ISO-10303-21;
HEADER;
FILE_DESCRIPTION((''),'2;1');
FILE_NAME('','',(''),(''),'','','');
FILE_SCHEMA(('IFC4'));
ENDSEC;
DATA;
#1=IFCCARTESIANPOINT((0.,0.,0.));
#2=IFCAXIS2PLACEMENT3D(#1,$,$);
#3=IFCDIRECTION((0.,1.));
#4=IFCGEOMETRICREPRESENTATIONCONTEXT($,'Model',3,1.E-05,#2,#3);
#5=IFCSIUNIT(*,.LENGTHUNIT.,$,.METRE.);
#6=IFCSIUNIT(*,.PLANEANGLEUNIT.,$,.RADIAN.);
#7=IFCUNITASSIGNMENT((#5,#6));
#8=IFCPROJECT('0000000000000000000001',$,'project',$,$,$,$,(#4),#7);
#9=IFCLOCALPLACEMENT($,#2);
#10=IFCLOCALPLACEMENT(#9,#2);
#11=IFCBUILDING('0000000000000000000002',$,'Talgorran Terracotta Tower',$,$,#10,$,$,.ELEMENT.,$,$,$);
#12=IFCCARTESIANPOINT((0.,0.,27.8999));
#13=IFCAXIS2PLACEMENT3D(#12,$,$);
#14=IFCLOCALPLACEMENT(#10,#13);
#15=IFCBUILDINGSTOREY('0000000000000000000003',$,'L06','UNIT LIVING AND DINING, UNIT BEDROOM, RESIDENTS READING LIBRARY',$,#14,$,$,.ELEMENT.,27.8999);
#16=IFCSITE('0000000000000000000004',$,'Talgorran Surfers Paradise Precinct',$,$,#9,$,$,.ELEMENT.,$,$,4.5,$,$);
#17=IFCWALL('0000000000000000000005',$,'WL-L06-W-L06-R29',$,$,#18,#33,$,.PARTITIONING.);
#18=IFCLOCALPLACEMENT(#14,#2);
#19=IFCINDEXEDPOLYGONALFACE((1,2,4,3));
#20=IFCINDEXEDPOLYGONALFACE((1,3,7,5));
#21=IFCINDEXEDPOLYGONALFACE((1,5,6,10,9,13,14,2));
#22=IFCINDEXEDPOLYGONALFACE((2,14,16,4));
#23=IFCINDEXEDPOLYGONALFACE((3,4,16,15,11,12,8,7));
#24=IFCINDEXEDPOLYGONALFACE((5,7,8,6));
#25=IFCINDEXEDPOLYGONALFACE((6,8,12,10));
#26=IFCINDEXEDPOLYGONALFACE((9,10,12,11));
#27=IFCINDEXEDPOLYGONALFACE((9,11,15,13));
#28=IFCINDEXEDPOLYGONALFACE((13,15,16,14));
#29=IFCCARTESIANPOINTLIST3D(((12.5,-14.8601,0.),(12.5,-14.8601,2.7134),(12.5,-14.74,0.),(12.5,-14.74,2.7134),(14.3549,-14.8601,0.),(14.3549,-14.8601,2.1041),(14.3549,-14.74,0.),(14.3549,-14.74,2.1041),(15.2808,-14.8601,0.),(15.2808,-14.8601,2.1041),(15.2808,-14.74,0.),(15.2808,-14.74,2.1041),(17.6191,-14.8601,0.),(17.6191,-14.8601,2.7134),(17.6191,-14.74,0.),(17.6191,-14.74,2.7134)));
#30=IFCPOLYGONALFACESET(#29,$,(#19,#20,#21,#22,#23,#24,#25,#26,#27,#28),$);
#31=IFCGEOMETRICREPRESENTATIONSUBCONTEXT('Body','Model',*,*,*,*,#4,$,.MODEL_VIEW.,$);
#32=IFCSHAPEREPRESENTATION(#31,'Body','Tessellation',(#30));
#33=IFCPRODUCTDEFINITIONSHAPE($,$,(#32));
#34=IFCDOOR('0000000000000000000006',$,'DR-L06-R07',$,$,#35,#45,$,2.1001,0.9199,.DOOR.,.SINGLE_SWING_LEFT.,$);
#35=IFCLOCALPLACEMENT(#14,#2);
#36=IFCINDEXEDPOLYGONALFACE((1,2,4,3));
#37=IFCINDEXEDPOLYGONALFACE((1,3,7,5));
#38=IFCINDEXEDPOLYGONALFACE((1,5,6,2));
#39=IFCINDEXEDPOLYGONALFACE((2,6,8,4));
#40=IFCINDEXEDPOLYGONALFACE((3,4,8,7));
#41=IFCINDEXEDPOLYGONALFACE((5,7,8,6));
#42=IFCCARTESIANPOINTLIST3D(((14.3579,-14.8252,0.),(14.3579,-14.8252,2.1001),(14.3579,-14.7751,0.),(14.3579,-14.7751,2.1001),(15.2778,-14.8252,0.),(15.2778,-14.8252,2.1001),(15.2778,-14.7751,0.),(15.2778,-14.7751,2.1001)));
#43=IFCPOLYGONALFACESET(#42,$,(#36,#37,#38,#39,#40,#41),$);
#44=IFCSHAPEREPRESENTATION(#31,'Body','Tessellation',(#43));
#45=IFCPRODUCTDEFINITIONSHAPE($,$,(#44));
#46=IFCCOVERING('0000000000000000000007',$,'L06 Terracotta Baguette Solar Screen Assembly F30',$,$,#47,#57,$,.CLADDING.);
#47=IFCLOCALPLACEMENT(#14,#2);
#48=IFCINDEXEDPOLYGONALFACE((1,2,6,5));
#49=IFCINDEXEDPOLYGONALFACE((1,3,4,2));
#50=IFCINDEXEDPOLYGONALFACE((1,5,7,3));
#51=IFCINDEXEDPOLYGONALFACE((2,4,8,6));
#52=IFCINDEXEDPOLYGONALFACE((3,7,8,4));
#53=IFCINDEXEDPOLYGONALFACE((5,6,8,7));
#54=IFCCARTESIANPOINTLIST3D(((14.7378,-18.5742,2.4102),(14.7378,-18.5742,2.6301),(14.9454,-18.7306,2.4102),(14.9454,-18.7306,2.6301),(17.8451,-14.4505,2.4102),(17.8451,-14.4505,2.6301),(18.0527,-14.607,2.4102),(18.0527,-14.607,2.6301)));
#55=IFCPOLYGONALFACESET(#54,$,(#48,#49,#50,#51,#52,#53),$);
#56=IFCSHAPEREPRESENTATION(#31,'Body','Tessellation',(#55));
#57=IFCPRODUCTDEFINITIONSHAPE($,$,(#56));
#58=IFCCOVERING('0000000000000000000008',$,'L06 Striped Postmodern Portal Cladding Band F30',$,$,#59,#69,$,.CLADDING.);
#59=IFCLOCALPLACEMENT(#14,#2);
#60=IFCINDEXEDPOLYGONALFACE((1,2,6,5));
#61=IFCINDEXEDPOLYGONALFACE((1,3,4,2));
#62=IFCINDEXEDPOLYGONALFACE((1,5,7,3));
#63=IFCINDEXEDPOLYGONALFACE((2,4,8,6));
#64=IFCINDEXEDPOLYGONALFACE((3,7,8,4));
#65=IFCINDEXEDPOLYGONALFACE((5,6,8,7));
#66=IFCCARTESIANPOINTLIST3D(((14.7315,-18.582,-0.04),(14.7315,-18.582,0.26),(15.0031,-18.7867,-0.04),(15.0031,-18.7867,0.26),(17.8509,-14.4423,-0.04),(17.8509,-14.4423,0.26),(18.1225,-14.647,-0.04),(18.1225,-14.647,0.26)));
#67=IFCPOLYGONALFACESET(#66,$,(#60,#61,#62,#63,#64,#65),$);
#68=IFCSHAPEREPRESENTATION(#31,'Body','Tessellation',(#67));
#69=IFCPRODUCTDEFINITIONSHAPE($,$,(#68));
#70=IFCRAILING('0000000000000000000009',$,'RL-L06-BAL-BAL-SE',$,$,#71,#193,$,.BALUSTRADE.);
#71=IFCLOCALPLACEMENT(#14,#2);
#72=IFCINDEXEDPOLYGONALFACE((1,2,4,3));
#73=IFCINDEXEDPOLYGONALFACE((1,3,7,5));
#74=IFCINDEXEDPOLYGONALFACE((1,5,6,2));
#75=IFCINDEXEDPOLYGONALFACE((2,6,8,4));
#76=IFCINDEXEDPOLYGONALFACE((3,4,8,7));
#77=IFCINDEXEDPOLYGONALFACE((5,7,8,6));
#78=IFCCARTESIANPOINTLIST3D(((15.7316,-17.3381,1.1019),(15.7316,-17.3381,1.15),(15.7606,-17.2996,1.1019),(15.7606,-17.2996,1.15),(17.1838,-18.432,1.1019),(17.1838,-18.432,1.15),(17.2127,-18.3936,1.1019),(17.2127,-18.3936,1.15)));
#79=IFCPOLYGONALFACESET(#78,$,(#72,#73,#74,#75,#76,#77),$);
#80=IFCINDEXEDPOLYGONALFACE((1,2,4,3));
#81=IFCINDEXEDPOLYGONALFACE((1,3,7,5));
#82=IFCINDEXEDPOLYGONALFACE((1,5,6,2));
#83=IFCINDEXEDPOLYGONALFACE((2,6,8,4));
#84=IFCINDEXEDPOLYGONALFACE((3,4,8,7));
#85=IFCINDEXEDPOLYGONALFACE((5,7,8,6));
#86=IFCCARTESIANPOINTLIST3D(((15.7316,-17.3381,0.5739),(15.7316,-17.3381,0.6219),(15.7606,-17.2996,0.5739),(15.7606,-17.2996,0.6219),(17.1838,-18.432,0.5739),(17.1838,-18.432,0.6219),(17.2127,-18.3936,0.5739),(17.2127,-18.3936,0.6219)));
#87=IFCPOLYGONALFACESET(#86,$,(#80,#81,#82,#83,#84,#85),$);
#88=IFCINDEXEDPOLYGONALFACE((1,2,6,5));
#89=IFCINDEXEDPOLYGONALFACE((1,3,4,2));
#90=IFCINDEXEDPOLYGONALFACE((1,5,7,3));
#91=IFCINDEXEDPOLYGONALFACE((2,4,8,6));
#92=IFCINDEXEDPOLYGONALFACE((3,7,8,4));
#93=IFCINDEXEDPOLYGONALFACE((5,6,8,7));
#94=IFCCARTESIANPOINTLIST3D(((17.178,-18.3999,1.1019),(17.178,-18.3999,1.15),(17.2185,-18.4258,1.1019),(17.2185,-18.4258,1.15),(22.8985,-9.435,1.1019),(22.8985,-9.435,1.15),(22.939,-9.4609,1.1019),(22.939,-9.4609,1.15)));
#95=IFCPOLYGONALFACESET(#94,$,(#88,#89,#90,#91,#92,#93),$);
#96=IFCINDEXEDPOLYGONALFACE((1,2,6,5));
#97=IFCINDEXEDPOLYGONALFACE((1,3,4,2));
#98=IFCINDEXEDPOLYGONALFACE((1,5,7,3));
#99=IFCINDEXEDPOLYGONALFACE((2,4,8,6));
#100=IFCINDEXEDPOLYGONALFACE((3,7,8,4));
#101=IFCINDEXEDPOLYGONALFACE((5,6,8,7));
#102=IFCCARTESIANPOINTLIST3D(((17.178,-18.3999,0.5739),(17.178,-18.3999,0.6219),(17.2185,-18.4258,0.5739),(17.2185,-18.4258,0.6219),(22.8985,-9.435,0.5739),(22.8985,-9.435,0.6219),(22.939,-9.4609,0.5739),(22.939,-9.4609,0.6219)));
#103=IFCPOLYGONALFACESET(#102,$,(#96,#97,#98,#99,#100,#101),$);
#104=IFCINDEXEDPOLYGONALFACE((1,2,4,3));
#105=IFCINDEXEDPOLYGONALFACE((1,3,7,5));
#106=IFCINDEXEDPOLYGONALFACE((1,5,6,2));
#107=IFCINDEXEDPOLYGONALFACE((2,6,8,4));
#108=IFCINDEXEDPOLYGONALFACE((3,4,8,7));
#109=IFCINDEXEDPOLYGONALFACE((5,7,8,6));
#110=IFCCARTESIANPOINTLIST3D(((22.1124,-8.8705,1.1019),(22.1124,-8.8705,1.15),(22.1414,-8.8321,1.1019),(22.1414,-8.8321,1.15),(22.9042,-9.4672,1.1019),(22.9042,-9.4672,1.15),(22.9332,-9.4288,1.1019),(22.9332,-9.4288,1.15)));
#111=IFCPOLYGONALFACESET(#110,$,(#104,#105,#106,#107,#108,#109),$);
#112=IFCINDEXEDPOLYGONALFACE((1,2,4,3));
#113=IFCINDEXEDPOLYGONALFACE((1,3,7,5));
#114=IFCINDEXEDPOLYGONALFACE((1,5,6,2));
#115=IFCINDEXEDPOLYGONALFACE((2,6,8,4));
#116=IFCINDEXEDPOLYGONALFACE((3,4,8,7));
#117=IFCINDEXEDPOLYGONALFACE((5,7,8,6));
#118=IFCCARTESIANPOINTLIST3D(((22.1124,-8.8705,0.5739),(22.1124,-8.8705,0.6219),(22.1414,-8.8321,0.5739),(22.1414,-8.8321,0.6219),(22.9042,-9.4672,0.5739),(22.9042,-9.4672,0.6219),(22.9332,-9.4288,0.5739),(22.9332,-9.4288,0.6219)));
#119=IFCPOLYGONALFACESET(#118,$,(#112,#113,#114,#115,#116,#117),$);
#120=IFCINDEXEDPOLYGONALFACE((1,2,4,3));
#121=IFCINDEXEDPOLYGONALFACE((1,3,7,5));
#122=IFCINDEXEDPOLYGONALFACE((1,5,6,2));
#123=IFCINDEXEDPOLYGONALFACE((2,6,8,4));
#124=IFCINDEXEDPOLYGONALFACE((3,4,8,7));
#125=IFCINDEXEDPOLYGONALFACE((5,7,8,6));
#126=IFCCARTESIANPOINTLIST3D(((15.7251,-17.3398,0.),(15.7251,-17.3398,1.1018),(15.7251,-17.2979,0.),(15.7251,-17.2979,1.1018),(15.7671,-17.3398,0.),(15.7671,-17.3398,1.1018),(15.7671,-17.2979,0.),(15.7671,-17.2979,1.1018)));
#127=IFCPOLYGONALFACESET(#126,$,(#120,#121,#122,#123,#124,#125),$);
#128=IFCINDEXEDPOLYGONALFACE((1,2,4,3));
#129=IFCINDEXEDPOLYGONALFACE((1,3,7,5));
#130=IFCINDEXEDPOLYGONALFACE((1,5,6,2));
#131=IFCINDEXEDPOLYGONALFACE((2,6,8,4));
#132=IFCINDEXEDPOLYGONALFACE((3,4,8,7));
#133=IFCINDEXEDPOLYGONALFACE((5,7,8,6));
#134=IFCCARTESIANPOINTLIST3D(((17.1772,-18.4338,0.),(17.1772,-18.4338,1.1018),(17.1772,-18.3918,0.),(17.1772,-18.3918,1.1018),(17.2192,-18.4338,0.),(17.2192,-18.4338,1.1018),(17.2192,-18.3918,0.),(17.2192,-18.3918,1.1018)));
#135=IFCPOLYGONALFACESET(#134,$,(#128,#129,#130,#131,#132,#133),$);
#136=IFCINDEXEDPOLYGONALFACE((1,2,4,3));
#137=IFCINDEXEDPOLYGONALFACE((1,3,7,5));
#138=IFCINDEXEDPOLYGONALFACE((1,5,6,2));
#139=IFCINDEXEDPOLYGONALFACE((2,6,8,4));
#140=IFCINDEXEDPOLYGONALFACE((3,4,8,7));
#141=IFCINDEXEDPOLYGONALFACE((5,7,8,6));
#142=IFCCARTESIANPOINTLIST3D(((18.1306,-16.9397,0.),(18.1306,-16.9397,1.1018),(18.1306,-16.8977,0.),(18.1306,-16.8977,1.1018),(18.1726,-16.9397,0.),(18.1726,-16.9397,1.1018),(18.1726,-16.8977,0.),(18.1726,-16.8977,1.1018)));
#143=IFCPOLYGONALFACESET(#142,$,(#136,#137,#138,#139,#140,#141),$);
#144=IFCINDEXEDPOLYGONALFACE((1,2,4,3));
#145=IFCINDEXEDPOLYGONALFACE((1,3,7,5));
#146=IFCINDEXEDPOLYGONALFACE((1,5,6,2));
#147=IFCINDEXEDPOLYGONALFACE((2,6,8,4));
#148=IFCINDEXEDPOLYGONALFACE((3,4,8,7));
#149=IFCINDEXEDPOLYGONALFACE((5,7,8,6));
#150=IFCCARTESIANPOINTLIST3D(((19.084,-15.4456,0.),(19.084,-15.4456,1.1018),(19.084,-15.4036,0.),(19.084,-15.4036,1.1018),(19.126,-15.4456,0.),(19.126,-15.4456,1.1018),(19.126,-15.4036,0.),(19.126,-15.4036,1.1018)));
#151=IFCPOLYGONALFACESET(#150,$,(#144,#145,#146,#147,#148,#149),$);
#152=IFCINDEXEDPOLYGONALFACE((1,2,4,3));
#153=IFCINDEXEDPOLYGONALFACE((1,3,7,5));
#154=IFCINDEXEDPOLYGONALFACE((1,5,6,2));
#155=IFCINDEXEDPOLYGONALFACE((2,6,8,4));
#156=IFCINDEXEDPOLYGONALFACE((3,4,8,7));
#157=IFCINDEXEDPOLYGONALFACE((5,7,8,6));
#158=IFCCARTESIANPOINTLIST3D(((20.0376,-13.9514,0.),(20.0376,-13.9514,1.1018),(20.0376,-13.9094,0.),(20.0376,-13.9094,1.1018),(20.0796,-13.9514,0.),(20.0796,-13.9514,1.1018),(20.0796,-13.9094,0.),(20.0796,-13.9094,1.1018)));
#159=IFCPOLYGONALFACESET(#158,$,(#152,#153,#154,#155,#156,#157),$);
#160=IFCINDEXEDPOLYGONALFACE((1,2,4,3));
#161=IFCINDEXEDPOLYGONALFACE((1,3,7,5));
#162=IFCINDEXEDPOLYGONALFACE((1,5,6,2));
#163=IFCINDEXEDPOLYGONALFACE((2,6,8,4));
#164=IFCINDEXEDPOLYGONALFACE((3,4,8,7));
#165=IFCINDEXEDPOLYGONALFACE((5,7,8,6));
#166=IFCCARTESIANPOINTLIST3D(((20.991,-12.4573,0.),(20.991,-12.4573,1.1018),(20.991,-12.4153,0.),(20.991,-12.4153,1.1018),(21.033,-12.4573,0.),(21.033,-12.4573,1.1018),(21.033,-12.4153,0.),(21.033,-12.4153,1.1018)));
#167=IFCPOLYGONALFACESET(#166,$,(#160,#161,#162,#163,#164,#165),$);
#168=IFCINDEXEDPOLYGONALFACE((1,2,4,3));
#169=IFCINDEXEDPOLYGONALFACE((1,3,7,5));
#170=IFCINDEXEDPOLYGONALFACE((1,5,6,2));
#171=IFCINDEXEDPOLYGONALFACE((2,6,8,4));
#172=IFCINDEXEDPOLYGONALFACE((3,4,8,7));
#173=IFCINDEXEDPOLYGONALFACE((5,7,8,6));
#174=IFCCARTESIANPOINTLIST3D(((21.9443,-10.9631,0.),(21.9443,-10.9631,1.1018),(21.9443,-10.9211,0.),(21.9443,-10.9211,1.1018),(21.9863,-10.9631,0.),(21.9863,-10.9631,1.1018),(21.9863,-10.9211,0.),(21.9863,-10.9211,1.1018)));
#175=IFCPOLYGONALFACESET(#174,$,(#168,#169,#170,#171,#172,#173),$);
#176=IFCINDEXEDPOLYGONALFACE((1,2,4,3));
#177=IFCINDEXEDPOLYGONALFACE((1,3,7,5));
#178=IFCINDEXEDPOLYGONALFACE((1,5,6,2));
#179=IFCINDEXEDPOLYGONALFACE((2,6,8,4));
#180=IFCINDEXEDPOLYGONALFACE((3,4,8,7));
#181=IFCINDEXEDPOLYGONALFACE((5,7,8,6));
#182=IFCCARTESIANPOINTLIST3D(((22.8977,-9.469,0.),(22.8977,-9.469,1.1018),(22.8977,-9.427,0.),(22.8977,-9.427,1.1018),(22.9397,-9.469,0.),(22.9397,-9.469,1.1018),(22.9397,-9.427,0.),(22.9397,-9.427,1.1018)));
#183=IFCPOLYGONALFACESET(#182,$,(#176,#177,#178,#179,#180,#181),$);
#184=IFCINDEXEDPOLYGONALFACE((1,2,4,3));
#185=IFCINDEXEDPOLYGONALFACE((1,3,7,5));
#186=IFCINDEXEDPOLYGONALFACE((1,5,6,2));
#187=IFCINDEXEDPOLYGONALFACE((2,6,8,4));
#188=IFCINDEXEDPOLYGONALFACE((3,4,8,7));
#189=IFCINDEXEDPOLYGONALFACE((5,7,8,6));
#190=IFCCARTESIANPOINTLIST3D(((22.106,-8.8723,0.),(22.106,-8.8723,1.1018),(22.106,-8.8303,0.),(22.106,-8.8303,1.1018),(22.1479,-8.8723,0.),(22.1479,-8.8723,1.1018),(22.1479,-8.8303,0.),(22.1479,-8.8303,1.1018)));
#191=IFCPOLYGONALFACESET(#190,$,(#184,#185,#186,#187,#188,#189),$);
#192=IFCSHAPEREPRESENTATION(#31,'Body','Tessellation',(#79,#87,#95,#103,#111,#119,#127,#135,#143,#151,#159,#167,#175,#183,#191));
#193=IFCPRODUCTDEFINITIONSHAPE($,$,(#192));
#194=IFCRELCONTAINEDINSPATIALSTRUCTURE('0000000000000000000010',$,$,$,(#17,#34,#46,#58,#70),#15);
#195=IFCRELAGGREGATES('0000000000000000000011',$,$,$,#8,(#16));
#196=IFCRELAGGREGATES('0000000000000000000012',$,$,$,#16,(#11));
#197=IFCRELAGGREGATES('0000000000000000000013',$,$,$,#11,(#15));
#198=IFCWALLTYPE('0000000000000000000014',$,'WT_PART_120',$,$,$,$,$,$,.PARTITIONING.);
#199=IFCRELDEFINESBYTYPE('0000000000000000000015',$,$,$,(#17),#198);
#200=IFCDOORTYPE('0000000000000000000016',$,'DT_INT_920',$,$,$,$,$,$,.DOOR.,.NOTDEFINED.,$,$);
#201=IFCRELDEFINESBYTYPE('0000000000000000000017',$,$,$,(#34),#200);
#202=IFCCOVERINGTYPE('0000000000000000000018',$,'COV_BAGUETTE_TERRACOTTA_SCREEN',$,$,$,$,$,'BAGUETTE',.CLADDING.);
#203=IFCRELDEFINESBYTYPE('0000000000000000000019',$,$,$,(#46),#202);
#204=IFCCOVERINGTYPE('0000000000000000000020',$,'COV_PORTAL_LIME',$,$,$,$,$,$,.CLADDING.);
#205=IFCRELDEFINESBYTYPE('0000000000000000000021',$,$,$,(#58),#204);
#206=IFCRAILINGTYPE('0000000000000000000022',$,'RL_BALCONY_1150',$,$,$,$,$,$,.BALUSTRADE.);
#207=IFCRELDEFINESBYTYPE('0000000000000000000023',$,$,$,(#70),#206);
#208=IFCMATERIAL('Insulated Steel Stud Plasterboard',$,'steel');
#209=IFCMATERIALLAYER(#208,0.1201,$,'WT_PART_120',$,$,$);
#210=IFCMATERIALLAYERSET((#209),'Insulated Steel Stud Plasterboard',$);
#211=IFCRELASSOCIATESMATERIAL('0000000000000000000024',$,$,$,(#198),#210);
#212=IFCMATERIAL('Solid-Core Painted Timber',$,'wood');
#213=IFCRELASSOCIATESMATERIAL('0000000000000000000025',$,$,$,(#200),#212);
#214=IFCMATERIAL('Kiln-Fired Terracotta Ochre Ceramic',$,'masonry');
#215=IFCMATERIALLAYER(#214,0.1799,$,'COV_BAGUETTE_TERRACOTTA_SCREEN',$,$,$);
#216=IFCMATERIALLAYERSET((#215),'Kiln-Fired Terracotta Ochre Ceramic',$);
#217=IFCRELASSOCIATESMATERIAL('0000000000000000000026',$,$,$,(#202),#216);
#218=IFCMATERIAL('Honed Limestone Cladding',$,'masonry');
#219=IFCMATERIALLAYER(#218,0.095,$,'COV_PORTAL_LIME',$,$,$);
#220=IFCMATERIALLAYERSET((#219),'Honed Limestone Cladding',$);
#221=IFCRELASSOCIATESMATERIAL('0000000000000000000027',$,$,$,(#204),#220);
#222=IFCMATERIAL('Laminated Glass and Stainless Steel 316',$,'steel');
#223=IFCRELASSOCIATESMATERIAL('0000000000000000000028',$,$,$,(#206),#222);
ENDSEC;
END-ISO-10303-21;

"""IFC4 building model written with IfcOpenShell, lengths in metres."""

from ifc_helpers import new_model, si_unit, direction, frame, frame_2d, origin, origin_2d, place, context, subcontext, project, spatial, rectangle, extrude, material, layer, layer_set, type_object, element, fill, save


model = new_model("IFC4")

# Units and contexts
model_context = context("Model", 3, precision=1e-05, world=origin(), true_north=direction((0.0, 1.0)))
body_context = subcontext(model_context, "Body", "Model", "MODEL_VIEW")
ifc_project = project(units=[si_unit("LENGTHUNIT", "METRE"), si_unit("PLANEANGLEUNIT", "RADIAN")], contexts=[model_context])

# Site, building, storey
site_placement = place(None, origin())
site = spatial("IfcSite", under=ifc_project, at=site_placement, Name="Talgorran Surfers Paradise Precinct", CompositionType="ELEMENT", RefElevation=4.5)
building_placement = place(site_placement, origin())
building = spatial("IfcBuilding", under=site, at=building_placement, Name="Talgorran Terracotta Tower", CompositionType="ELEMENT")
storey_placement = place(building_placement, frame((0.0, 0.0, 27.8999)))
storey = spatial("IfcBuildingStorey", under=building, at=storey_placement, Name="L06", Description="UNIT LIVING AND DINING, UNIT BEDROOM, RESIDENTS READING LIBRARY", CompositionType="ELEMENT", Elevation=27.8999)

# Wall, opening, door
ifc_material_1 = material(Name="Insulated Steel Stud Plasterboard", Category="steel")
ifc_layer_1 = layer(ifc_material_1, 0.1201, Name="WT_PART_120")
ifc_layer_set_1 = layer_set([ifc_layer_1], Name="Insulated Steel Stud Plasterboard")
wall_type_1 = type_object("IfcWallType", Name="WT_PART_120", PredefinedType="PARTITIONING", material=ifc_layer_set_1)
wall_1_placement = place(storey_placement, frame((12.5, -14.8, 0.0), z_axis=(0.0, 0.0, 1.0), x_axis=(1.0, 0.0, 0.0)))
wall_1 = element("IfcWall", 1, at=wall_1_placement, inside=storey, type_object=wall_type_1, Name="WL-L06-W-L06-R29", PredefinedType="PARTITIONING", context=body_context, shape_type="SweptSolid", body=[
    extrude(rectangle(XDim=5.1191, YDim=0.1201, at=frame_2d((2.5596, 0.0))), origin(), (0.0, 0.0, 1.0), 2.7134),
])
opening_1_placement = place(wall_1_placement, frame((1.8579, 0.0, 0.0)))
opening_1 = element("IfcOpeningElement", 2, at=opening_1_placement, cuts=wall_1, PredefinedType="OPENING", context=body_context, shape_type="SweptSolid", body=[
    extrude(rectangle(XDim=0.9259, YDim=2.1041, at=frame_2d((0.46, 1.052))), frame((0.0, 0.0701, 0.0), z_axis=(0.0, -1.0, 0.0), x_axis=(1.0, 0.0, 0.0)), (0.0, 0.0, 1.0), 0.1401),
])
ifc_material_2 = material(Name="Solid-Core Painted Timber", Category="wood")
door_type_1 = type_object("IfcDoorType", Name="DT_INT_920", OperationType="NOTDEFINED", PredefinedType="DOOR", material=ifc_material_2)
door_1_placement = place(opening_1_placement, origin())
door_1 = element("IfcDoor", 3, at=door_1_placement, inside=storey, type_object=door_type_1, Name="DR-L06-R07", OperationType="SINGLE_SWING_LEFT", OverallHeight=2.1001, OverallWidth=0.9199, PredefinedType="DOOR", context=body_context, shape_type="SweptSolid", body=[
    extrude(rectangle(XDim=0.9199, YDim=2.1001, at=frame_2d((0.46, 1.05))), frame((0.0, 0.0249, 0.0), z_axis=(0.0, -1.0, 0.0), x_axis=(1.0, 0.0, 0.0)), (0.0, 0.0, 1.0), 0.05),
])
fill(opening_1, door_1)

# Coverings
ifc_material_3 = material(Name="Kiln-Fired Terracotta Ochre Ceramic", Category="masonry")
ifc_layer_2 = layer(ifc_material_3, 0.1799, Name="COV_BAGUETTE_TERRACOTTA_SCREEN")
ifc_layer_set_2 = layer_set([ifc_layer_2], Name="Kiln-Fired Terracotta Ochre Ceramic")
covering_type_1 = type_object("IfcCoveringType", Name="COV_BAGUETTE_TERRACOTTA_SCREEN", ElementType="BAGUETTE", PredefinedType="CLADDING", material=ifc_layer_set_2)
covering_1_placement = place(storey_placement, frame((16.3953, -16.5906, 2.4102), z_axis=(0.0, 0.0, 1.0), x_axis=(0.601801, 0.798646, 0.0)))
element("IfcCovering", 4, at=covering_1_placement, inside=storey, type_object=covering_type_1, Name="L06 Terracotta Baguette Solar Screen Assembly F30", PredefinedType="CLADDING", context=body_context, shape_type="SweptSolid", body=[
    extrude(rectangle(XDim=5.1633, YDim=0.26, at=origin_2d()), origin(), (0.0, 0.0, 1.0), 0.22),
])
ifc_material_4 = material(Name="Honed Limestone Cladding", Category="masonry")
ifc_layer_3 = layer(ifc_material_4, 0.095, Name="COV_PORTAL_LIME")
ifc_layer_set_3 = layer_set([ifc_layer_3], Name="Honed Limestone Cladding")
covering_type_2 = type_object("IfcCoveringType", Name="COV_PORTAL_LIME", PredefinedType="CLADDING", material=ifc_layer_set_3)
covering_2_placement = place(storey_placement, frame((16.427, -16.6145, -0.04), z_axis=(0.0, 0.0, 1.0), x_axis=(0.601801, 0.798646, 0.0)))
element("IfcCovering", 5, at=covering_2_placement, inside=storey, type_object=covering_type_2, Name="L06 Striped Postmodern Portal Cladding Band F30", PredefinedType="CLADDING", context=body_context, shape_type="SweptSolid", body=[
    extrude(rectangle(XDim=5.1833, YDim=0.3401, at=origin_2d()), origin(), (0.0, 0.0, 1.0), 0.3),
])

# Railing
ifc_material_5 = material(Name="Laminated Glass and Stainless Steel 316", Category="steel")
railing_type = type_object("IfcRailingType", Name="RL_BALCONY_1150", PredefinedType="BALUSTRADE", material=ifc_material_5)
railing_placement = place(storey_placement, frame((15.7461, -17.3188, 0.0)))
element("IfcRailing", 6, at=railing_placement, inside=storey, type_object=railing_type, Name="RL-L06-BAL-BAL-SE", PredefinedType="BALUSTRADE", context=body_context, shape_type="SweptSolid", body=[
    extrude(rectangle(XDim=0.0481, YDim=0.0481, at=origin_2d()), frame((0.0, 0.0, 1.126), z_axis=(0.798709, -0.601717, 0.0), x_axis=(0.601717, 0.798709, 0.0)), (0.0, 0.0, 1.0), 1.8181),
    extrude(rectangle(XDim=0.0481, YDim=0.0481, at=origin_2d()), frame((0.0, 0.0, 0.5979), z_axis=(0.798709, -0.601717, 0.0), x_axis=(0.601717, 0.798709, 0.0)), (0.0, 0.0, 1.0), 1.8181),
    extrude(rectangle(XDim=0.0481, YDim=0.0481, at=origin_2d()), frame((1.4521, -1.094, 1.126), z_axis=(0.537916, 0.842998, 0.0), x_axis=(-0.842998, 0.537916, 0.0)), (0.0, 0.0, 1.0), 10.6345),
    extrude(rectangle(XDim=0.0481, YDim=0.0481, at=origin_2d()), frame((1.4521, -1.094, 0.5979), z_axis=(0.537916, 0.842998, 0.0), x_axis=(-0.842998, 0.537916, 0.0)), (0.0, 0.0, 1.0), 10.6345),
    extrude(rectangle(XDim=0.0481, YDim=0.0481, at=origin_2d()), frame((7.1726, 7.8708, 1.126), z_axis=(-0.798609, 0.60185, 0.0), x_axis=(-0.60185, -0.798609, 0.0)), (0.0, 0.0, 1.0), 0.9915),
    extrude(rectangle(XDim=0.0481, YDim=0.0481, at=origin_2d()), frame((7.1726, 7.8708, 0.5979), z_axis=(-0.798609, 0.60185, 0.0), x_axis=(-0.60185, -0.798609, 0.0)), (0.0, 0.0, 1.0), 0.9915),
    extrude(rectangle(XDim=0.042, YDim=0.042, at=origin_2d()), origin(), (0.0, 0.0, 1.0), 1.1018),
    extrude(rectangle(XDim=0.042, YDim=0.042, at=origin_2d()), frame((1.4521, -1.094, 0.0)), (0.0, 0.0, 1.0), 1.1018),
    extrude(rectangle(XDim=0.042, YDim=0.042, at=origin_2d()), frame((2.4055, 0.4001, 0.0)), (0.0, 0.0, 1.0), 1.1018),
    extrude(rectangle(XDim=0.042, YDim=0.042, at=origin_2d()), frame((3.3589, 1.8943, 0.0)), (0.0, 0.0, 1.0), 1.1018),
    extrude(rectangle(XDim=0.042, YDim=0.042, at=origin_2d()), frame((4.3125, 3.3884, 0.0)), (0.0, 0.0, 1.0), 1.1018),
    extrude(rectangle(XDim=0.042, YDim=0.042, at=origin_2d()), frame((5.2659, 4.8826, 0.0)), (0.0, 0.0, 1.0), 1.1018),
    extrude(rectangle(XDim=0.042, YDim=0.042, at=origin_2d()), frame((6.2192, 6.3767, 0.0)), (0.0, 0.0, 1.0), 1.1018),
    extrude(rectangle(XDim=0.042, YDim=0.042, at=origin_2d()), frame((7.1726, 7.8708, 0.0)), (0.0, 0.0, 1.0), 1.1018),
    extrude(rectangle(XDim=0.042, YDim=0.042, at=origin_2d()), frame((6.3809, 8.4675, 0.0)), (0.0, 0.0, 1.0), 1.1018),
])

save(model, "model.ifc")
